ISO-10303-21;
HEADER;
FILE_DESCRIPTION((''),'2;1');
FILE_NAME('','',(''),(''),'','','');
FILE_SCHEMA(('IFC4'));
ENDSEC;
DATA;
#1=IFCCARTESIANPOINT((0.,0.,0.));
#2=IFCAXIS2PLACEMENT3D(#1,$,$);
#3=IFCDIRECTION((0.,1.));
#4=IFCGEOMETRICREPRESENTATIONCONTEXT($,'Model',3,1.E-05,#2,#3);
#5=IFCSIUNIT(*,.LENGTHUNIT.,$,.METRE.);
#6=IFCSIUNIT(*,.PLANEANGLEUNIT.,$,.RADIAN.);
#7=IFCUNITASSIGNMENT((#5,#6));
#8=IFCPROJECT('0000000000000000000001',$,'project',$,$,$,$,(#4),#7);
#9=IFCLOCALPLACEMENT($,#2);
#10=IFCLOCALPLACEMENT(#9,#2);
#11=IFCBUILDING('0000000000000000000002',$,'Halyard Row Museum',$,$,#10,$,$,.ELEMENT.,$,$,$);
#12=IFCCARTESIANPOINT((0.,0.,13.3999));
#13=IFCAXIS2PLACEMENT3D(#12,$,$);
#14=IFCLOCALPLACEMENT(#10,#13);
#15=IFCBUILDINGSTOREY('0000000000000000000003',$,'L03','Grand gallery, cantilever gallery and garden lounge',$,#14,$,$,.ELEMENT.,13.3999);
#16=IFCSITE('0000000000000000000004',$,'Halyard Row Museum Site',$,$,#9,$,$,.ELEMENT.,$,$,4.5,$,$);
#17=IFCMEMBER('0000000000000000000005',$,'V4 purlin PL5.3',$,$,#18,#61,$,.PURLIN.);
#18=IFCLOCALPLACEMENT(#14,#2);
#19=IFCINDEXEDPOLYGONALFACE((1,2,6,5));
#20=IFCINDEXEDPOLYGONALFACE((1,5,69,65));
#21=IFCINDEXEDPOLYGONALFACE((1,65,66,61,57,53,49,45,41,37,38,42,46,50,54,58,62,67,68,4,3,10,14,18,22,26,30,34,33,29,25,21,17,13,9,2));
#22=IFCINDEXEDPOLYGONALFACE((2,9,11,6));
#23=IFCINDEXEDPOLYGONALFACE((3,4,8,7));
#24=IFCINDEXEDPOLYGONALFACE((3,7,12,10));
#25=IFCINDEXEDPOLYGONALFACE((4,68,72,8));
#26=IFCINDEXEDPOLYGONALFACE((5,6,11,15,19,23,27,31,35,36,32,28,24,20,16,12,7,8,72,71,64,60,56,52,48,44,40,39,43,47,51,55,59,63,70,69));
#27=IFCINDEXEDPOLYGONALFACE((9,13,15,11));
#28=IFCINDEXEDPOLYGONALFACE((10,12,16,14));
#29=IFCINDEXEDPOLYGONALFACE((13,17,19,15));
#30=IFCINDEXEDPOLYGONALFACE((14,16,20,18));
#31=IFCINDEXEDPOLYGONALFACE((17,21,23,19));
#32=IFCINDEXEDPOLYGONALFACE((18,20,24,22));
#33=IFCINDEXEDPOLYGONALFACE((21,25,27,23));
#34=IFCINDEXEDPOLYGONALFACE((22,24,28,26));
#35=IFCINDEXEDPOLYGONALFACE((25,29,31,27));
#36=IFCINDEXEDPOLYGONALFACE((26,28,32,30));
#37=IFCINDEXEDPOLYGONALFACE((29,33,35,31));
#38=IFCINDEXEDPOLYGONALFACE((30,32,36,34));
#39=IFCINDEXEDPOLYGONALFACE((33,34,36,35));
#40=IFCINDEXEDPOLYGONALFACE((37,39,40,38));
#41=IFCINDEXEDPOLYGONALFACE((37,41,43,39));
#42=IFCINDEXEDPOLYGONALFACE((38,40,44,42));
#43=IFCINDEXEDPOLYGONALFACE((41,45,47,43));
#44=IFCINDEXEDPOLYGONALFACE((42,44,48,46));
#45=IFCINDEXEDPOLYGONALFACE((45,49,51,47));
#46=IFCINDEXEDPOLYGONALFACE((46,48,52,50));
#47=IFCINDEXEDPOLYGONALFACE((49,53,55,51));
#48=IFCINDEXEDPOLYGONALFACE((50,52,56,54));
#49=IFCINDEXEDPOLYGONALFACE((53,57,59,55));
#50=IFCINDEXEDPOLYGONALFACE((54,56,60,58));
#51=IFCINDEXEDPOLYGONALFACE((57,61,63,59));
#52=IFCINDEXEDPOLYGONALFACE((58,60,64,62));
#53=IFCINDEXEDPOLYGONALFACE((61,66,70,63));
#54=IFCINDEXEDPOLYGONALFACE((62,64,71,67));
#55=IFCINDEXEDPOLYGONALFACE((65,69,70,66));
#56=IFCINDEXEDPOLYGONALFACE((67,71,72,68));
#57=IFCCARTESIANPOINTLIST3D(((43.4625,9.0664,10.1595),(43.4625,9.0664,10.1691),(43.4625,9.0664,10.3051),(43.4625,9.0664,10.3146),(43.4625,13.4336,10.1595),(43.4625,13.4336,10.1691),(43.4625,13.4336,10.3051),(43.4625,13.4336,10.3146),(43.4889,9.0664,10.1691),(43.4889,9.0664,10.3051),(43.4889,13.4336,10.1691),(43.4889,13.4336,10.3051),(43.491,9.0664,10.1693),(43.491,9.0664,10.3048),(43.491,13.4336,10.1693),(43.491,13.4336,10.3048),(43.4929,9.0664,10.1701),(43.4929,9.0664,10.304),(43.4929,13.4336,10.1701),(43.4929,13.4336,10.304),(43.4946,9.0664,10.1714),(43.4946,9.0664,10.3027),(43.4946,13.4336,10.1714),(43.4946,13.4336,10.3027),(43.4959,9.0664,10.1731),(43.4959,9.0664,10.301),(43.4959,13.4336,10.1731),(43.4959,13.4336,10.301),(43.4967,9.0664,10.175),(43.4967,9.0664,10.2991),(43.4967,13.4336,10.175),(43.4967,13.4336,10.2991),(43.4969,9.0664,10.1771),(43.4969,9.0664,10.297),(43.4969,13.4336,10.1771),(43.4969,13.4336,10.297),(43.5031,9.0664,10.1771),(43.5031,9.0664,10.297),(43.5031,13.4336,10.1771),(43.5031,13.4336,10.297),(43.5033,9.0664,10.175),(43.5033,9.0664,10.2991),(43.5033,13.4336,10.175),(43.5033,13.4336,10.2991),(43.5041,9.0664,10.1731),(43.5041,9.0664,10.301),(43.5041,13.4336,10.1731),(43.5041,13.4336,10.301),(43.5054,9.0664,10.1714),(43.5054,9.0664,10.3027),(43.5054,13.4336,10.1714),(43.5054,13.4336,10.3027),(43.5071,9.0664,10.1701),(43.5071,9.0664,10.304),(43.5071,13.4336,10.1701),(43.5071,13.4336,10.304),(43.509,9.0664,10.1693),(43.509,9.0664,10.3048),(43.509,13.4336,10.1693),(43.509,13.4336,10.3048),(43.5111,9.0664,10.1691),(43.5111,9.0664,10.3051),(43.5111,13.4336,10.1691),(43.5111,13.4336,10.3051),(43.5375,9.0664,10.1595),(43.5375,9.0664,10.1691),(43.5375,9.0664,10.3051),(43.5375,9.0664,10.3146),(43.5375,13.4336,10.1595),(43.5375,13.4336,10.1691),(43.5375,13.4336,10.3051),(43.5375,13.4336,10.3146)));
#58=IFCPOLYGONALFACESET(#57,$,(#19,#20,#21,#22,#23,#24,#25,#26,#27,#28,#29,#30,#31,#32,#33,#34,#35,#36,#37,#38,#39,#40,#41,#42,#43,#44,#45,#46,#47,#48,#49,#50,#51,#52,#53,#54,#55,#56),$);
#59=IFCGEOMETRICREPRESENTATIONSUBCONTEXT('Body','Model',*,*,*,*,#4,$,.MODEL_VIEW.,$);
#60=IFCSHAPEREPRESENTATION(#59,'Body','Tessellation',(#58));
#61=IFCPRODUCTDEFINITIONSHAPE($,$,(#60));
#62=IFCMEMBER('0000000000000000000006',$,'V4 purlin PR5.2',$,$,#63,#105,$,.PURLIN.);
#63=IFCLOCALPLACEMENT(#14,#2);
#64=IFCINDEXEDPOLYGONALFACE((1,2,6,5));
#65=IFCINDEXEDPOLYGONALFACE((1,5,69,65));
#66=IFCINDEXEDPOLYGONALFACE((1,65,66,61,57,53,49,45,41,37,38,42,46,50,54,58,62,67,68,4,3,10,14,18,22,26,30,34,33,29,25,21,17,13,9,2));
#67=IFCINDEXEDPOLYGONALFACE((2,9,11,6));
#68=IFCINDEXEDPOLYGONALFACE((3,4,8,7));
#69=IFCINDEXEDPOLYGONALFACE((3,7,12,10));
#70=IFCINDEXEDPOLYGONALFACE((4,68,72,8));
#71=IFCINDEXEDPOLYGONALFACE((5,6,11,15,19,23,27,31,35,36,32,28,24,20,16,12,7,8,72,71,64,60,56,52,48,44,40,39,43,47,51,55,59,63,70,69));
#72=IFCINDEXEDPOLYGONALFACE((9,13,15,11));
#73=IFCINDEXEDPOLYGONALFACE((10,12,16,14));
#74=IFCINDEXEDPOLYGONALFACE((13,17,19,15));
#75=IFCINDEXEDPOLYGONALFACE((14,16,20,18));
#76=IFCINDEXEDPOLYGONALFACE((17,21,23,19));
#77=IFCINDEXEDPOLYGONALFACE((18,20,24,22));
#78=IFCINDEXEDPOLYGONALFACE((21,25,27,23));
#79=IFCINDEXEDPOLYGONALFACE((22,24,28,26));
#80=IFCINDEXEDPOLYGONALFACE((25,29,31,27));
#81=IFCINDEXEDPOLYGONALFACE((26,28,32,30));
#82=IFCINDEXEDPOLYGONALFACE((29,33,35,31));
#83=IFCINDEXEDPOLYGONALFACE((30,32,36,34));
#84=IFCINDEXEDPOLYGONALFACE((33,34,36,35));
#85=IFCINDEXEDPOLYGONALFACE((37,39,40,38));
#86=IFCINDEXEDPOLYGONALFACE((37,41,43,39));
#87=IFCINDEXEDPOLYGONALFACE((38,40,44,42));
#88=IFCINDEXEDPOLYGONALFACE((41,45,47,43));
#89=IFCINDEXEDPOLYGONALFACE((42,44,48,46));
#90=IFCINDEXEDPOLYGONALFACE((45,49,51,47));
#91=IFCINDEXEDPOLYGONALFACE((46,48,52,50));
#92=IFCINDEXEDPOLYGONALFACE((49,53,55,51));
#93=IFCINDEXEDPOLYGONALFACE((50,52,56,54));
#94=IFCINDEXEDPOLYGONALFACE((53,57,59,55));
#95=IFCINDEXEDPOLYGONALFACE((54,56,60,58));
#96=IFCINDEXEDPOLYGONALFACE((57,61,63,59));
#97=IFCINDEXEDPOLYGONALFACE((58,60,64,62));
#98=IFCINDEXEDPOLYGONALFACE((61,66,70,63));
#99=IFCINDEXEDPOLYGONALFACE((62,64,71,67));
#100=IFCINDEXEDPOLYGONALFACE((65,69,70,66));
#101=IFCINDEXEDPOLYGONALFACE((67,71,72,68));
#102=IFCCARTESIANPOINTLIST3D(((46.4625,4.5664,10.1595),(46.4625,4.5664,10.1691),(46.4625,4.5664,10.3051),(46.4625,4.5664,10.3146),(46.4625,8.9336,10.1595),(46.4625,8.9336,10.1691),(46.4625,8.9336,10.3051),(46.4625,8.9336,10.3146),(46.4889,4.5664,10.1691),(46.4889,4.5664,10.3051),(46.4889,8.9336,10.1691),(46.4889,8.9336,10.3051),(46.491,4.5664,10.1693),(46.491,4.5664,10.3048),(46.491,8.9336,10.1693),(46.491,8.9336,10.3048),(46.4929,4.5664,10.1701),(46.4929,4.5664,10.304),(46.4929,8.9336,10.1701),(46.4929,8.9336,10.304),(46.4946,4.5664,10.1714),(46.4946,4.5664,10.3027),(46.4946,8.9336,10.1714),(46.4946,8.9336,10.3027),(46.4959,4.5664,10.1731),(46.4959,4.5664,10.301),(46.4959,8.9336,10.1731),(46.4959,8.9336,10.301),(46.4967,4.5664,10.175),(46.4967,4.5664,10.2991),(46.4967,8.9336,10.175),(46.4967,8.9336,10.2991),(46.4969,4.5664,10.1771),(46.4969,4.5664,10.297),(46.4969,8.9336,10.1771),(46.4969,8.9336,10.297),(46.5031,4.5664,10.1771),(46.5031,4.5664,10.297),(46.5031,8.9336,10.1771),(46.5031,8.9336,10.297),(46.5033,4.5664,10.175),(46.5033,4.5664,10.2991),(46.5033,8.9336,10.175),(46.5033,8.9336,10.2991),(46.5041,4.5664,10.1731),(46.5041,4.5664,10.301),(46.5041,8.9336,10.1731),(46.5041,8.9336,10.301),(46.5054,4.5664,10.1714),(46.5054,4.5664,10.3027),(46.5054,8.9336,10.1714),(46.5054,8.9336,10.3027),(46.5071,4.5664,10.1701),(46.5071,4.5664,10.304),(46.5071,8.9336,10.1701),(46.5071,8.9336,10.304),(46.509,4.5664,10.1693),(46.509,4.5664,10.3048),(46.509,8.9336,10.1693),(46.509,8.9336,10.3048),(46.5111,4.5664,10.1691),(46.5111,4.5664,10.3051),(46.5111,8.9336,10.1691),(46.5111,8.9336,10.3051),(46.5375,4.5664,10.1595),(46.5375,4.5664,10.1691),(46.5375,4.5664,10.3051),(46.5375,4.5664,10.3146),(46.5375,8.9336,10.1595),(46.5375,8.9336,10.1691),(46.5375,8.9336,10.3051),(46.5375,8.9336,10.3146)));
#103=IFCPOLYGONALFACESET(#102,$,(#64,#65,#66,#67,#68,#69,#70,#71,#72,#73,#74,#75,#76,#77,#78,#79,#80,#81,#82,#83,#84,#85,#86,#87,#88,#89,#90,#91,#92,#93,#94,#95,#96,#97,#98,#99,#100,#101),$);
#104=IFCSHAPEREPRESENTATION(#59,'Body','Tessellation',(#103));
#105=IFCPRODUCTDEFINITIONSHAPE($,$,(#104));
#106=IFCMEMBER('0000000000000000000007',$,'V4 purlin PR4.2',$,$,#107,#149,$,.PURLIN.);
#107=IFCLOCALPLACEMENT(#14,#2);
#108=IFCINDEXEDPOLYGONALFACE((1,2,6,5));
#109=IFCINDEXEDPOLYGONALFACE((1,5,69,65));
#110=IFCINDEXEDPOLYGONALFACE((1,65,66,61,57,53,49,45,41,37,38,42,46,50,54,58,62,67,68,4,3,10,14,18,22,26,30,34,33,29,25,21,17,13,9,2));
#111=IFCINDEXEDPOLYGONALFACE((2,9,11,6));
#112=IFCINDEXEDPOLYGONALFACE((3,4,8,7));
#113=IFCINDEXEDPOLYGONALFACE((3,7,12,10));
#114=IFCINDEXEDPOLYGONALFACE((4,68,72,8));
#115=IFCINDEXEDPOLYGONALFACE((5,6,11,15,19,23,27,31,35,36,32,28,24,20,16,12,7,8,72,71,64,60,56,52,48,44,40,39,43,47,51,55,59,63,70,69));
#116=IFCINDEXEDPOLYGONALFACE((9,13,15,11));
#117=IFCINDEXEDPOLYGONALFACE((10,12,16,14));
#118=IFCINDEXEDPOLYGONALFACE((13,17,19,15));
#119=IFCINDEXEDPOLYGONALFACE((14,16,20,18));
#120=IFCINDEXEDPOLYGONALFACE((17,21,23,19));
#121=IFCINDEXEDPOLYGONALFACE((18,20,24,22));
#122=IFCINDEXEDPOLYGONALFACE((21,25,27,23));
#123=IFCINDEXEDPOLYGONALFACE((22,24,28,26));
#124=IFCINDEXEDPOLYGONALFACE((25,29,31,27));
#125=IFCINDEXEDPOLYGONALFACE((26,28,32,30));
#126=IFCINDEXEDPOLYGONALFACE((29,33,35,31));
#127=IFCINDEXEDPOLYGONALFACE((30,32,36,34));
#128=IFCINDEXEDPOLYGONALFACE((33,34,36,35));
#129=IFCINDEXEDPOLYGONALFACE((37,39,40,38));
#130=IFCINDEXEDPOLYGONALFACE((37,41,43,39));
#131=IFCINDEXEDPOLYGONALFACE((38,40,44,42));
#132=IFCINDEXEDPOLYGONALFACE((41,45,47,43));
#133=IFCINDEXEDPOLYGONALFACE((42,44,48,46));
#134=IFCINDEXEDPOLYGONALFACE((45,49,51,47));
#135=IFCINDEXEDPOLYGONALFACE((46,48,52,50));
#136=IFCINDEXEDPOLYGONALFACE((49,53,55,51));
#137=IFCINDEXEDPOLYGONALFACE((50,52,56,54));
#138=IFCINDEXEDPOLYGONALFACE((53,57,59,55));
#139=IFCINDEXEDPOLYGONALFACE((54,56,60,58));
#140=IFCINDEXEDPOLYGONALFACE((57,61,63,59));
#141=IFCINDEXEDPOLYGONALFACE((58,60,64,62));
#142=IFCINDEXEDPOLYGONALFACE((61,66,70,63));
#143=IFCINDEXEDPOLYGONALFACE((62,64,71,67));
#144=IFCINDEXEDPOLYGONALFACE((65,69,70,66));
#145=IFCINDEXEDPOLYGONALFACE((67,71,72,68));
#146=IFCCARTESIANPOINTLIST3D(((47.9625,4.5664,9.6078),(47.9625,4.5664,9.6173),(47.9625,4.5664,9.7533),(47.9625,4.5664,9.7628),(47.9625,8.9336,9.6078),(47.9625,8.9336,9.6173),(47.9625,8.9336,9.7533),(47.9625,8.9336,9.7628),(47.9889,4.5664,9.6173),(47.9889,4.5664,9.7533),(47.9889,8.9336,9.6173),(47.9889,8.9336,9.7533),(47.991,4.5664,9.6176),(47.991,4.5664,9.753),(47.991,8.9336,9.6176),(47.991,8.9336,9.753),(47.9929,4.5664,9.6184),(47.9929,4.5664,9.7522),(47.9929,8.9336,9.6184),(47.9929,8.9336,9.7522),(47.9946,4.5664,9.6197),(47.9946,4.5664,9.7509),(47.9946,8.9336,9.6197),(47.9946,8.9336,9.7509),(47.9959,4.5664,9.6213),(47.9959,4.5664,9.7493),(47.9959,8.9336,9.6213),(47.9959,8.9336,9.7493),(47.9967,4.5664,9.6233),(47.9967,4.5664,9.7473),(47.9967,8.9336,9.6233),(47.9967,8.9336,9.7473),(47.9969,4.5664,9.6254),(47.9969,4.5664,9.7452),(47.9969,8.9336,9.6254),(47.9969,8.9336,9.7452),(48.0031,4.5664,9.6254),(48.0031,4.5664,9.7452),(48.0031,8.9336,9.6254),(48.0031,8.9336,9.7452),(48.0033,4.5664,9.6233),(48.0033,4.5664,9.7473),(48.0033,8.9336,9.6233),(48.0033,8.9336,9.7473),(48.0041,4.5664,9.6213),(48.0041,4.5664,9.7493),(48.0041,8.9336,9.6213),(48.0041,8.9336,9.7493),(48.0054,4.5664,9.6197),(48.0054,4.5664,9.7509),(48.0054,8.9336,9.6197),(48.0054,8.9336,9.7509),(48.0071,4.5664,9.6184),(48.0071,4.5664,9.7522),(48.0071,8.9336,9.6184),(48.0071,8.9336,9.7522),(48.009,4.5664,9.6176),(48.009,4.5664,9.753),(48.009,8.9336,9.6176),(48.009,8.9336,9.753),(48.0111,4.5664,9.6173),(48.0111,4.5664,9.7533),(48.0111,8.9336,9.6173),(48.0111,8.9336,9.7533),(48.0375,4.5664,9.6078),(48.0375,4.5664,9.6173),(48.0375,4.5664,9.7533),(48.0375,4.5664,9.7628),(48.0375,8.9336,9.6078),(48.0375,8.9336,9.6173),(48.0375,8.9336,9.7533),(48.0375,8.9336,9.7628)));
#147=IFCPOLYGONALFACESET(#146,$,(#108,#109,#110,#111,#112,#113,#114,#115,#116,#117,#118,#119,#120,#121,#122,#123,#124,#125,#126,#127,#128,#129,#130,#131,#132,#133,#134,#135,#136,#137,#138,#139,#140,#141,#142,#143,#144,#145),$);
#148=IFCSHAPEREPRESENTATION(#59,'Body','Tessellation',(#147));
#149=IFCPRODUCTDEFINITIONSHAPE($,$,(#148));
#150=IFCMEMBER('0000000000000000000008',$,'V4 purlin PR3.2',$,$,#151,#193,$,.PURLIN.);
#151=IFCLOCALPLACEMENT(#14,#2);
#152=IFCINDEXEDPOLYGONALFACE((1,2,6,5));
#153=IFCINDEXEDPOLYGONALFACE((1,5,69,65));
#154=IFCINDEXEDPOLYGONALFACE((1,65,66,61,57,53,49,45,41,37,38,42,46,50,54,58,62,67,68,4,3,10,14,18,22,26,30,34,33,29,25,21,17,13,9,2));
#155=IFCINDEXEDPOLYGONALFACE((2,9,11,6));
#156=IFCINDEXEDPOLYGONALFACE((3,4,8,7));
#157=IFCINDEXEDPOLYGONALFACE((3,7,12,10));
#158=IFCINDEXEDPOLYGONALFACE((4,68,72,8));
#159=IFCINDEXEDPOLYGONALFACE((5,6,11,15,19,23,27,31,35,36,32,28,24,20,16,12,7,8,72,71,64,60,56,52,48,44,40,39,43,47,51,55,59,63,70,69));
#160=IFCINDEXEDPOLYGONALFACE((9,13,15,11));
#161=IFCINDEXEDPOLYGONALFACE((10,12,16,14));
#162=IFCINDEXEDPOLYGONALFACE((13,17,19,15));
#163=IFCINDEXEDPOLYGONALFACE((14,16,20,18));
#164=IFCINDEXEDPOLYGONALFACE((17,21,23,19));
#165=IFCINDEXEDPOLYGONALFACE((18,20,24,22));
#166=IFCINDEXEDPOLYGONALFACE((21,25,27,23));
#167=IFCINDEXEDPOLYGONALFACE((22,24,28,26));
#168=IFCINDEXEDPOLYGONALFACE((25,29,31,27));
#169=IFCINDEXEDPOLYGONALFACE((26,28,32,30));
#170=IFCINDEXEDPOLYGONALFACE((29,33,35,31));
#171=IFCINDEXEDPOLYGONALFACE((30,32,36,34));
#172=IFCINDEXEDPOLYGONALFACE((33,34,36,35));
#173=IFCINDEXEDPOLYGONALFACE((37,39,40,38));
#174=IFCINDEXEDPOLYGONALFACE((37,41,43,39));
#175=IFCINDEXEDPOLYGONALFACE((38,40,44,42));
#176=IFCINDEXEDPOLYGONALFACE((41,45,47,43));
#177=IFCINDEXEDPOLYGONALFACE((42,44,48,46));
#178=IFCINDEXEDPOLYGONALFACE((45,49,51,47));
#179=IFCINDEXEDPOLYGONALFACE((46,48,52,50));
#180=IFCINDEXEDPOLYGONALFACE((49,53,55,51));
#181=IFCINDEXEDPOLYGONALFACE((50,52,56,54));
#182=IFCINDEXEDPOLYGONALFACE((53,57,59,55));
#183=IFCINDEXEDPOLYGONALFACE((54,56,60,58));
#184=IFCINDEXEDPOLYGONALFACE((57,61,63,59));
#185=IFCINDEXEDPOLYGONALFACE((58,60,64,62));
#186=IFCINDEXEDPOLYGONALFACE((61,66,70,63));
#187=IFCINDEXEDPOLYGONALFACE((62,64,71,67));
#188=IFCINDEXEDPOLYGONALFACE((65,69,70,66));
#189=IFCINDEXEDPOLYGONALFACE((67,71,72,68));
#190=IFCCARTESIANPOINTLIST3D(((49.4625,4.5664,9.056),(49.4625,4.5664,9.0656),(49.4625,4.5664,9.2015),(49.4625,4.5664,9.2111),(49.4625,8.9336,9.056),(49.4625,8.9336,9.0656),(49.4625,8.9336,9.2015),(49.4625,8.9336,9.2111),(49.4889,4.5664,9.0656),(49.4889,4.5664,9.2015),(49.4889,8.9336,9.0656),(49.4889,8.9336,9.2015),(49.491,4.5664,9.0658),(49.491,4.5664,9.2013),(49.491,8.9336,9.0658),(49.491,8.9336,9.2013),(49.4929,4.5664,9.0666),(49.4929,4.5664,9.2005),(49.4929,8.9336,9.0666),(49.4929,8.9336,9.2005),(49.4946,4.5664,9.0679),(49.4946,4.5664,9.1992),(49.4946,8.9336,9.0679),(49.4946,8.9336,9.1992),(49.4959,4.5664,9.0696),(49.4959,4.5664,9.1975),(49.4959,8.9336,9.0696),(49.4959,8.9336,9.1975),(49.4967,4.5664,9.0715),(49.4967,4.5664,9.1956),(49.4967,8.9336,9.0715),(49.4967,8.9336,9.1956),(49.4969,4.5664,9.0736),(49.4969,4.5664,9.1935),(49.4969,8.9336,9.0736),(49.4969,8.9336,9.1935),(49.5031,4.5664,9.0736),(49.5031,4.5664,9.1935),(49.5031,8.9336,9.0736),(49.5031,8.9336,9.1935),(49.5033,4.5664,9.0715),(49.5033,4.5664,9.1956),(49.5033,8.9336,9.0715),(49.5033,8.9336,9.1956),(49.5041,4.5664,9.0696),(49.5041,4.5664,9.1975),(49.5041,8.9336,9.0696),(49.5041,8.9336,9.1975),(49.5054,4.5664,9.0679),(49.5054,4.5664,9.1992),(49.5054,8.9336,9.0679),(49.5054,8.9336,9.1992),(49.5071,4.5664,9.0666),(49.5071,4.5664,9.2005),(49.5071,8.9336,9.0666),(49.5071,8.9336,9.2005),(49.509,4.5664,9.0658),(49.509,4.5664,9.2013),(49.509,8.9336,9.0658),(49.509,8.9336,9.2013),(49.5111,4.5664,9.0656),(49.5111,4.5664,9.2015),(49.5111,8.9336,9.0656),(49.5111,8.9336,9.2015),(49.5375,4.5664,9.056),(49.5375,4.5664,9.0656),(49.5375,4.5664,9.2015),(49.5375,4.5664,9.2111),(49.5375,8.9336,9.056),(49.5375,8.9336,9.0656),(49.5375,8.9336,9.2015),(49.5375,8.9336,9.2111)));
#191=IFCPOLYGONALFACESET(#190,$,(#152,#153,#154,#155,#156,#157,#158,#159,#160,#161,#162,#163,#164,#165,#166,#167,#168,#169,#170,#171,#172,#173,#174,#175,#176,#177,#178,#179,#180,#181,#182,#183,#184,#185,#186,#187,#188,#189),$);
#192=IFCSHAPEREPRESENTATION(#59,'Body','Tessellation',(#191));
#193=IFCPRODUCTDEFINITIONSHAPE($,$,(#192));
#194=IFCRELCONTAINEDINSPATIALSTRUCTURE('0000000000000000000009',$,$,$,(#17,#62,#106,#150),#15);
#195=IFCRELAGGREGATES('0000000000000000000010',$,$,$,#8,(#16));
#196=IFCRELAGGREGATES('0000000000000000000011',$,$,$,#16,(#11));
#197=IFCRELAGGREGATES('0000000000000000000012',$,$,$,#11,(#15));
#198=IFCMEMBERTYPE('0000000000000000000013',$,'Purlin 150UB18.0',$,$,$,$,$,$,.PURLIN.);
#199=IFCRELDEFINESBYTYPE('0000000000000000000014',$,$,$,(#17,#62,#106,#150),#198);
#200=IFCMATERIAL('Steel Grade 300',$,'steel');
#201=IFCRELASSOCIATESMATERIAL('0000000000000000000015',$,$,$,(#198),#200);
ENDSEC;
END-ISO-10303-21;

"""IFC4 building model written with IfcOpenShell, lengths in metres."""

from ifc_helpers import new_model, si_unit, direction, frame, origin, origin_2d, place, context, subcontext, project, spatial, i_section, extrude, material, material_profile, profile_set, type_object, element, save


model = new_model("IFC4")

# Units and contexts
model_context = context("Model", 3, precision=1e-05, world=origin(), true_north=direction((0.0, 1.0)))
body_context = subcontext(model_context, "Body", "Model", "MODEL_VIEW")
ifc_project = project(units=[si_unit("LENGTHUNIT", "METRE"), si_unit("PLANEANGLEUNIT", "RADIAN")], contexts=[model_context])

# Site, building, storey
site_placement = place(None, origin())
site = spatial("IfcSite", under=ifc_project, at=site_placement, Name="Halyard Row Museum Site", CompositionType="ELEMENT", RefElevation=4.5)
building_placement = place(site_placement, origin())
building = spatial("IfcBuilding", under=site, at=building_placement, Name="Halyard Row Museum", CompositionType="ELEMENT")
storey_placement = place(building_placement, frame((0.0, 0.0, 13.3999)))
storey = spatial("IfcBuildingStorey", under=building, at=storey_placement, Name="L03", Description="Grand gallery, cantilever gallery and garden lounge", CompositionType="ELEMENT", Elevation=13.3999)

# Members
ifc_material_1 = material(Name="Steel Grade 300", Category="steel")
ifc_material_profile_1 = material_profile(ifc_material_1, i_section(OverallWidth=0.075, OverallDepth=0.155, WebThickness=0.0061, FlangeThickness=0.0095, FilletRadius=0.0081, at=origin_2d()), Name="150UB18.0")
ifc_profile_set_1 = profile_set([ifc_material_profile_1], Name="Steel Grade 300")
member_type_1 = type_object("IfcMemberType", Name="Purlin 150UB18.0", PredefinedType="PURLIN", material=ifc_profile_set_1)
for number, where, z_axis, x_axis, name in (
    (1, (43.5, 9.0664, 10.2371), (0.0, 1.0, 0.0), (-1.0, 0.0, 0.0), "V4 purlin PL5.3"),
    (2, (46.5, 4.5664, 10.2371), (0.0, 1.0, 0.0), (-1.0, 0.0, 0.0), "V4 purlin PR5.2"),
    (3, (48.0, 4.5664, 9.6853), (0.0, 1.0, 0.0), (-1.0, 0.0, 0.0), "V4 purlin PR4.2"),
    (4, (49.5, 4.5664, 9.1335), (0.0, 1.0, 0.0), (-1.0, 0.0, 0.0), "V4 purlin PR3.2"),
):
    element("IfcMember", number, at=place(storey_placement, frame(where, z_axis=z_axis, x_axis=x_axis)), inside=storey, type_object=member_type_1, Name=name, PredefinedType="PURLIN", context=body_context, shape_type="SweptSolid", body=[
        extrude(i_section(OverallWidth=0.075, OverallDepth=0.155, WebThickness=0.0061, FlangeThickness=0.0095, FilletRadius=0.0081, at=origin_2d()), origin(), (0.0, 0.0, 1.0), 4.3672),
    ])

save(model, "model.ifc")
